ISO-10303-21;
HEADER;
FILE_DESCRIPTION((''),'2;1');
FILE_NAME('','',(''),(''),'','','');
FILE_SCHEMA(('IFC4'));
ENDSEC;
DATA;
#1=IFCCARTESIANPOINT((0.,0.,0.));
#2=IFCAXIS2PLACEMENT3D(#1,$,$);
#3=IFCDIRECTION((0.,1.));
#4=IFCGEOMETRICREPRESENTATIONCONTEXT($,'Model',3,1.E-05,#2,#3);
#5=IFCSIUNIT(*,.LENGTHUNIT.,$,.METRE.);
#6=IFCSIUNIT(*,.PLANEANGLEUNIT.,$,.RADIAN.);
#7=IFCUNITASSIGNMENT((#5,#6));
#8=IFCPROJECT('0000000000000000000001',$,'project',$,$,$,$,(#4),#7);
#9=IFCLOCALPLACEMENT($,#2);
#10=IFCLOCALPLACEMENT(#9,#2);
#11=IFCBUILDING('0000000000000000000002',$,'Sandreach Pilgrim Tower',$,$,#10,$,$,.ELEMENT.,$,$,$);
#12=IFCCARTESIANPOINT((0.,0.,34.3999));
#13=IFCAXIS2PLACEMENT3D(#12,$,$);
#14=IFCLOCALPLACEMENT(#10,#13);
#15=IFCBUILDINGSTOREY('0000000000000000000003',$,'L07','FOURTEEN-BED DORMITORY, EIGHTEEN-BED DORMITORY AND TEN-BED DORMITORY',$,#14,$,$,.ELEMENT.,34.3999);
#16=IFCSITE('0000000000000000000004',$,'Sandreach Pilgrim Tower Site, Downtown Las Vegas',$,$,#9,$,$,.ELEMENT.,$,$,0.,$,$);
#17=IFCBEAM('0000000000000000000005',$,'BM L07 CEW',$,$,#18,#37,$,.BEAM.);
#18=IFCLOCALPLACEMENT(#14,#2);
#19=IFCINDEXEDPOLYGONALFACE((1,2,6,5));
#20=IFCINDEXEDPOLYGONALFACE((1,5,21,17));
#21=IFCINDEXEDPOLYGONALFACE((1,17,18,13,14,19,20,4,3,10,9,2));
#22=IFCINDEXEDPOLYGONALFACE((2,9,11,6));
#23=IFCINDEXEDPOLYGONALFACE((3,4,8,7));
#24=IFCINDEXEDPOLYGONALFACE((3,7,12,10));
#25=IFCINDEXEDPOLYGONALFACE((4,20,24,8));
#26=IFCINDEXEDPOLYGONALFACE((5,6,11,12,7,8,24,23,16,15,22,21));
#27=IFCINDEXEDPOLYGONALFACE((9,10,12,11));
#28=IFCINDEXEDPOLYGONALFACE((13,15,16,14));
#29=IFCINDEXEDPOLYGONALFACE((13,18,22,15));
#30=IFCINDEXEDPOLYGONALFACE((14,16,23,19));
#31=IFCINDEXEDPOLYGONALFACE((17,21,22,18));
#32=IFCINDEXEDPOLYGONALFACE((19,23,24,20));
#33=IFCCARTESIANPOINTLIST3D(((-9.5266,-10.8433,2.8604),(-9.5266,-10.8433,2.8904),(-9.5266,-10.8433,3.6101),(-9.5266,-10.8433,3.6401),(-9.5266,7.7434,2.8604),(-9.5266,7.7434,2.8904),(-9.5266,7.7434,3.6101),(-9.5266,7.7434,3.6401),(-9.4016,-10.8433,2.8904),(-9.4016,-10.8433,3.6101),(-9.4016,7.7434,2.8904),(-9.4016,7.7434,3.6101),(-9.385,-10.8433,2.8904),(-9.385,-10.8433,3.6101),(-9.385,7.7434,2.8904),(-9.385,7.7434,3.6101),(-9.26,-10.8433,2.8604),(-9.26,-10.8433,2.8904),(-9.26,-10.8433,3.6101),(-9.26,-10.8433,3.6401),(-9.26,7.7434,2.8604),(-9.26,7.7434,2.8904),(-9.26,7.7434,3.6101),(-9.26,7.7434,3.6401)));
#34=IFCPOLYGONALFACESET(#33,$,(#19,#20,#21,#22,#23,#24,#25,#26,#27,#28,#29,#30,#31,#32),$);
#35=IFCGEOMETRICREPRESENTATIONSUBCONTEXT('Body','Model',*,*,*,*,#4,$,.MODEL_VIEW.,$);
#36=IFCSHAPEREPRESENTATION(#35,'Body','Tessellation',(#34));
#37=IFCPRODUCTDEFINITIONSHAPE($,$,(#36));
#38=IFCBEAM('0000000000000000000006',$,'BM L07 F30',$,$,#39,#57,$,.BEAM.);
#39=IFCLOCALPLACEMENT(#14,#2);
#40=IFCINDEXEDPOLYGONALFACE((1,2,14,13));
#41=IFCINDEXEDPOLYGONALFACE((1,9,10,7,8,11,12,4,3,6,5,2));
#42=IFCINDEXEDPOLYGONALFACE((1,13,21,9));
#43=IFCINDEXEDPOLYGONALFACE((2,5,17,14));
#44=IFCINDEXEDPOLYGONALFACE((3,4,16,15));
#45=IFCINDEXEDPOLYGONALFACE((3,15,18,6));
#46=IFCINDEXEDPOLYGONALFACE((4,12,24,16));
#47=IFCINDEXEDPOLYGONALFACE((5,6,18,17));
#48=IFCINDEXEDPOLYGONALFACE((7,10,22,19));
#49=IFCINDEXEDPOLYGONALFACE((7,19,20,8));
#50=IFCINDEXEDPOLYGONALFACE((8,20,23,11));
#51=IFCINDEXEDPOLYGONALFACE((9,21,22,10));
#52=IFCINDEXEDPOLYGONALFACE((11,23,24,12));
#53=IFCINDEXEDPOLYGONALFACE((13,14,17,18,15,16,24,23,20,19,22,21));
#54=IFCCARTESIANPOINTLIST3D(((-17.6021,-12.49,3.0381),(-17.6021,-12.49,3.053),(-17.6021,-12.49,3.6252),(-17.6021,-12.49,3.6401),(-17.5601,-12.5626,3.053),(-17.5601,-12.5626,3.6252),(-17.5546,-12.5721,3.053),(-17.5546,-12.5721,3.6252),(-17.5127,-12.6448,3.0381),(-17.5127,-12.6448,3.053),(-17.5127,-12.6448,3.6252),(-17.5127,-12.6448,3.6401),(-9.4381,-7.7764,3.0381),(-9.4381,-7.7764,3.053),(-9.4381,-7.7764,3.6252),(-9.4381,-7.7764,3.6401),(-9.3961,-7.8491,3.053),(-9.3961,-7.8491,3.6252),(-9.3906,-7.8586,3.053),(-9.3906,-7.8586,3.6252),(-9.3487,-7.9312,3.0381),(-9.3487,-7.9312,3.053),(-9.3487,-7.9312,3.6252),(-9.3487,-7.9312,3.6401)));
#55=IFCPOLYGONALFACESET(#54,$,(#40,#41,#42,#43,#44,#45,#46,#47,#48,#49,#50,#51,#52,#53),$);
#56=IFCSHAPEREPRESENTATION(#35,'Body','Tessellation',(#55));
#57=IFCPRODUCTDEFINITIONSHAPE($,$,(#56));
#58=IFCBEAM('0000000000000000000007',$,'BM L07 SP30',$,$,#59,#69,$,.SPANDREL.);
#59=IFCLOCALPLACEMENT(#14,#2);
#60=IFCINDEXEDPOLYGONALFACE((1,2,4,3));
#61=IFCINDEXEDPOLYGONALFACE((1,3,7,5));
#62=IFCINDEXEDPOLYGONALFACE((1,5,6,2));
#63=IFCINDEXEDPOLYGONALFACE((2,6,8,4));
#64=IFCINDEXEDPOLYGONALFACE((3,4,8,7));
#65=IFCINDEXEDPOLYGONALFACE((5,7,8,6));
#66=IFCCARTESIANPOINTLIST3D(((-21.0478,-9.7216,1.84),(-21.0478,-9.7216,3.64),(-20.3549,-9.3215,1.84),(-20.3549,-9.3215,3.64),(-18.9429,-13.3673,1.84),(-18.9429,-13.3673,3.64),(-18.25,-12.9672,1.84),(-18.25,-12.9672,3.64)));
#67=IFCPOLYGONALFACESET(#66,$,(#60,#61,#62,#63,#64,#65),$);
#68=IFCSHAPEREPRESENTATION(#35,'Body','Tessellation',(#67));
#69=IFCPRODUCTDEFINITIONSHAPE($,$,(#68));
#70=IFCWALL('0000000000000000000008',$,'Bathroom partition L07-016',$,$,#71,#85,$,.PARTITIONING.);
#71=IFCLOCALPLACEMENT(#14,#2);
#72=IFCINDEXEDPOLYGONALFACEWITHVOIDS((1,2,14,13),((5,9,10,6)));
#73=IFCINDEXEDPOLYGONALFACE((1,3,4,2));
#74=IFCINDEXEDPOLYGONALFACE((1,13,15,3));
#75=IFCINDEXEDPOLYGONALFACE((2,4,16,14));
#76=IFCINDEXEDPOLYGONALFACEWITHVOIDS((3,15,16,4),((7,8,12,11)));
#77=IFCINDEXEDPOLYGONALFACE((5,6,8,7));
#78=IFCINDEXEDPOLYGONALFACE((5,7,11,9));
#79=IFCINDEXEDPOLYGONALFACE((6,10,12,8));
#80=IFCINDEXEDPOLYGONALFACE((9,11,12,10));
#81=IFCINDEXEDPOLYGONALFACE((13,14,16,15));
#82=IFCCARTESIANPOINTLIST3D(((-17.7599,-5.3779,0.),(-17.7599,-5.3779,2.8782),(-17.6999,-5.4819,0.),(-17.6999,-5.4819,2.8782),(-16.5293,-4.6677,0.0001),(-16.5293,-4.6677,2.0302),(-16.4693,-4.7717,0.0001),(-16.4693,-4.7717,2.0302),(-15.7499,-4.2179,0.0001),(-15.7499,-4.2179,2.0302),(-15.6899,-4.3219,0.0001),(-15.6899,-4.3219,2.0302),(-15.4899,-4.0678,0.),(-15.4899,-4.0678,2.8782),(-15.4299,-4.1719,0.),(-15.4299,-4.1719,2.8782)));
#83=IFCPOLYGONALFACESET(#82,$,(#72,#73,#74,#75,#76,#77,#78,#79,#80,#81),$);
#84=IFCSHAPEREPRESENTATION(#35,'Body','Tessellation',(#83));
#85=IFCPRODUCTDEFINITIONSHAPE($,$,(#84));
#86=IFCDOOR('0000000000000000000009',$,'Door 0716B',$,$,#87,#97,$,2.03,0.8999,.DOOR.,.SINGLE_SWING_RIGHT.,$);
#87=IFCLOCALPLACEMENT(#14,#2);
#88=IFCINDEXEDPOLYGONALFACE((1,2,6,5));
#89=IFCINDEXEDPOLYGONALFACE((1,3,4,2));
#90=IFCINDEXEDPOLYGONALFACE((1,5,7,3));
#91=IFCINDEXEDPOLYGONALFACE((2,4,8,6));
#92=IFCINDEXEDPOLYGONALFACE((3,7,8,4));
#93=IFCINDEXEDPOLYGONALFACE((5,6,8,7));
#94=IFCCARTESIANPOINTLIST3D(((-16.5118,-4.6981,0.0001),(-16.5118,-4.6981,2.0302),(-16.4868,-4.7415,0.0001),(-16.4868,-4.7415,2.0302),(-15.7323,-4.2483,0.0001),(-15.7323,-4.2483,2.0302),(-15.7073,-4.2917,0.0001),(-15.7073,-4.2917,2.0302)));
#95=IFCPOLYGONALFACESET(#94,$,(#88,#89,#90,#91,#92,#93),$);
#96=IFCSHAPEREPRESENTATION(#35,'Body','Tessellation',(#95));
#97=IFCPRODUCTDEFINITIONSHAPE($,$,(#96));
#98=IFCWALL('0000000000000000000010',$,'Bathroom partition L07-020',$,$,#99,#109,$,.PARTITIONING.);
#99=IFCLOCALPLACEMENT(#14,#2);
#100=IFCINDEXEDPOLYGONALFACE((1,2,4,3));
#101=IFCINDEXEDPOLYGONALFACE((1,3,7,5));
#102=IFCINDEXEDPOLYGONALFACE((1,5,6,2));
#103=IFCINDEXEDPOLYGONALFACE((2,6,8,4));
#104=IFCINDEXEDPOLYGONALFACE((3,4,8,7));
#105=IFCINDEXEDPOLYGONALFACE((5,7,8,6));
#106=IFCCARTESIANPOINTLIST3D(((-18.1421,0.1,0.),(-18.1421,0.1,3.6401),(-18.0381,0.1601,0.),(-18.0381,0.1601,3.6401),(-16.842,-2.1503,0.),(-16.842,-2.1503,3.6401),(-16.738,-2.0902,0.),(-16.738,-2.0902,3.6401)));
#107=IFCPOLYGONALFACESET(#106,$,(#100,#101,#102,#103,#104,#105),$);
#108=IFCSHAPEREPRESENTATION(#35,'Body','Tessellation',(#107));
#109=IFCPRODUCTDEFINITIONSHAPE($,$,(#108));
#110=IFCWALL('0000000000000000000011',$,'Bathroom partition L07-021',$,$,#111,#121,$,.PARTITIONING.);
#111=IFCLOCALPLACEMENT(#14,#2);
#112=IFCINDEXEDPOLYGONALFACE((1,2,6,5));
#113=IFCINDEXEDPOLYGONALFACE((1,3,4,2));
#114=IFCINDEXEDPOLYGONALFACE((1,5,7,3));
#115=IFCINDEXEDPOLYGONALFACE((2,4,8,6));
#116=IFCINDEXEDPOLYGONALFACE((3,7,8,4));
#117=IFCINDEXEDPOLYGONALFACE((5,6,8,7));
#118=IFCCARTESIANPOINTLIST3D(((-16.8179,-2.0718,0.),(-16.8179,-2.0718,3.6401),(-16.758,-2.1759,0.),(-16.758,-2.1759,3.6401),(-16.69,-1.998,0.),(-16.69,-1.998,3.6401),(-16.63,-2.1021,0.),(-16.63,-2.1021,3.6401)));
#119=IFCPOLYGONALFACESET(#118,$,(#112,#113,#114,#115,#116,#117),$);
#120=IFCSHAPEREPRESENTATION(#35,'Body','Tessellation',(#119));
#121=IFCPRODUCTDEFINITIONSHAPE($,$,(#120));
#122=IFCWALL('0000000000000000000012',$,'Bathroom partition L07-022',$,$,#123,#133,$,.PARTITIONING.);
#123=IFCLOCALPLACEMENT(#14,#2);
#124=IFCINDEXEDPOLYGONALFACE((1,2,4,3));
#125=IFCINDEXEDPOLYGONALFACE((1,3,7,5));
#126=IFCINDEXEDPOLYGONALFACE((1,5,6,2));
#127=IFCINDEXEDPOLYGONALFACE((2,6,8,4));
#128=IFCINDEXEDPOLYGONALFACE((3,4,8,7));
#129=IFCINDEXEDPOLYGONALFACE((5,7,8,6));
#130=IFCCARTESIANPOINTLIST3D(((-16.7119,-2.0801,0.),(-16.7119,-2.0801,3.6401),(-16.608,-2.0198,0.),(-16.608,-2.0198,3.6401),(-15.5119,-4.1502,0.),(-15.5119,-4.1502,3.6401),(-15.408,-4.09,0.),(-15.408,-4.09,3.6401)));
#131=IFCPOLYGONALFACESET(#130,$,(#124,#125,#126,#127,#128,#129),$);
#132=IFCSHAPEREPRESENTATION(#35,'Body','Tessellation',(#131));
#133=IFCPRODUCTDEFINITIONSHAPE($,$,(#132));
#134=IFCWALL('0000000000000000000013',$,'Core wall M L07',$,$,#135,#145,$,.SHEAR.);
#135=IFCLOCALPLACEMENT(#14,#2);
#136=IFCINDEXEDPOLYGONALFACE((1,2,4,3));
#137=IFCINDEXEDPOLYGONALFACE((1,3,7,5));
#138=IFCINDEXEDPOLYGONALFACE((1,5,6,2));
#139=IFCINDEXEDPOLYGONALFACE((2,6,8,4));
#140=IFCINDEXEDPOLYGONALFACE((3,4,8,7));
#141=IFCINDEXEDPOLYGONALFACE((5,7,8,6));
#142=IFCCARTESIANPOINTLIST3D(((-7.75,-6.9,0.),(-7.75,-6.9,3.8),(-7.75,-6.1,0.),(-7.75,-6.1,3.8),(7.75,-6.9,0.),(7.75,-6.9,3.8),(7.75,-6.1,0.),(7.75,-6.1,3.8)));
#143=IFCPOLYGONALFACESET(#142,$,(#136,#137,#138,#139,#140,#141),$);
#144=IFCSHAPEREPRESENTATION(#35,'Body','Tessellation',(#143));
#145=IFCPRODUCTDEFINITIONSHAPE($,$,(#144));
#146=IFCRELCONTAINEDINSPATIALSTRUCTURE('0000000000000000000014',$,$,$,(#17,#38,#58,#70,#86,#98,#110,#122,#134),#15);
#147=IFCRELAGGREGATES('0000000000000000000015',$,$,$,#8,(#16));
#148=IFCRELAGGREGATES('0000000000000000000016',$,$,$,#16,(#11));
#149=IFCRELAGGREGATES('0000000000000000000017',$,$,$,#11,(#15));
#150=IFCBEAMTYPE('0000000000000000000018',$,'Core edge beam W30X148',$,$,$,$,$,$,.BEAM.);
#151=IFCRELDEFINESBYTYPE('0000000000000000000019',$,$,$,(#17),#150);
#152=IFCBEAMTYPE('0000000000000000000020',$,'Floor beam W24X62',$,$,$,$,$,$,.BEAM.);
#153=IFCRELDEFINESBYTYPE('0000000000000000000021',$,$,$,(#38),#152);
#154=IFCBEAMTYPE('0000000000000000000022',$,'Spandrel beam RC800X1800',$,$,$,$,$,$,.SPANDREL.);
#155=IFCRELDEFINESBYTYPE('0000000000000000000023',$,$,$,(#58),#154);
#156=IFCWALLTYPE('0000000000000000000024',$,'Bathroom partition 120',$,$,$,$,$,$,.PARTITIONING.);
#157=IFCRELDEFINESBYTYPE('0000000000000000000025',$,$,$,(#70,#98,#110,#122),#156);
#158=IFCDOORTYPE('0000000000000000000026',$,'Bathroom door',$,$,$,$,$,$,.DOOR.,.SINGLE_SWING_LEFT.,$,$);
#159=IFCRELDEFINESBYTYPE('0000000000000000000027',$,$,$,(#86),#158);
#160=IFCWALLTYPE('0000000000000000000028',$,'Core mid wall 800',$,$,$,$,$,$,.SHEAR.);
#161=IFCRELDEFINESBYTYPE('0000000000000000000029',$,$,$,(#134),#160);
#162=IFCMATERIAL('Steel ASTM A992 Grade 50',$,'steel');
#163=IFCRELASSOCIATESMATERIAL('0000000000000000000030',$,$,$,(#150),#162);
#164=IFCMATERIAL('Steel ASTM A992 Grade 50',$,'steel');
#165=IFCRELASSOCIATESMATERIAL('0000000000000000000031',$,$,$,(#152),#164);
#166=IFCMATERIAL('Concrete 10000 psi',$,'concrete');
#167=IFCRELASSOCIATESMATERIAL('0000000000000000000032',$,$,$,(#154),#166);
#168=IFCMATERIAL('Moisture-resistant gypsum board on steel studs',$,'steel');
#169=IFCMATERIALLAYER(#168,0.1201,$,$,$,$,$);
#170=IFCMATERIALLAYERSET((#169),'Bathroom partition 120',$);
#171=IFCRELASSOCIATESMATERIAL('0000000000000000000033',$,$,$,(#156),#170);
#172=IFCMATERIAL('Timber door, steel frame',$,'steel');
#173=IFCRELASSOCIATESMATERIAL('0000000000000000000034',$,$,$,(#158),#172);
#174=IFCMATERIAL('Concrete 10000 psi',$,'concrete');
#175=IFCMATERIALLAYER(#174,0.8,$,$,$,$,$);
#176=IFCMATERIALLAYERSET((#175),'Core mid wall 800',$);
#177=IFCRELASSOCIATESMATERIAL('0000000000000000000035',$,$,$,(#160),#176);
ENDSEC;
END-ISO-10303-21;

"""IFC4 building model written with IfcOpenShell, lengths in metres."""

from ifc_helpers import new_model, si_unit, direction, frame, frame_2d, origin, origin_2d, place, context, subcontext, project, spatial, rectangle, i_section, extrude, material, layer, layer_set, material_profile, profile_set, type_object, element, fill, save


model = new_model("IFC4")

# Units and contexts
model_context = context("Model", 3, precision=1e-05, world=origin(), true_north=direction((0.0, 1.0)))
body_context = subcontext(model_context, "Body", "Model", "MODEL_VIEW")
ifc_project = project(units=[si_unit("LENGTHUNIT", "METRE"), si_unit("PLANEANGLEUNIT", "RADIAN")], contexts=[model_context])

# Site, building, storey
site_placement = place(None, origin())
site = spatial("IfcSite", under=ifc_project, at=site_placement, Name="Sandreach Pilgrim Tower Site, Downtown Las Vegas", CompositionType="ELEMENT", RefElevation=0.0)
building_placement = place(site_placement, origin())
building = spatial("IfcBuilding", under=site, at=building_placement, Name="Sandreach Pilgrim Tower", CompositionType="ELEMENT")
storey_placement = place(building_placement, frame((0.0, 0.0, 34.3999)))
storey = spatial("IfcBuildingStorey", under=building, at=storey_placement, Name="L07", Description="FOURTEEN-BED DORMITORY, EIGHTEEN-BED DORMITORY AND TEN-BED DORMITORY", CompositionType="ELEMENT", Elevation=34.3999)

# Beams
ifc_material_1 = material(Name="Steel ASTM A992 Grade 50", Category="steel")
ifc_material_profile_1 = material_profile(ifc_material_1, i_section(OverallWidth=0.2666, OverallDepth=0.7798, WebThickness=0.0166, FlangeThickness=0.03, at=origin_2d()), Name="W30X148")
ifc_profile_set_1 = profile_set([ifc_material_profile_1], Name="Steel ASTM A992 Grade 50")
beam_type_1 = type_object("IfcBeamType", Name="Core edge beam W30X148", PredefinedType="BEAM", material=ifc_profile_set_1)
beam_1_placement = place(storey_placement, frame((-9.3933, -10.8433, 3.2502), z_axis=(0.0, 1.0, 0.0), x_axis=(-1.0, 0.0, 0.0)))
element("IfcBeam", 1, at=beam_1_placement, inside=storey, type_object=beam_type_1, Name="BM L07 CEW", PredefinedType="BEAM", context=body_context, shape_type="SweptSolid", body=[
    extrude(i_section(OverallWidth=0.2666, OverallDepth=0.7798, WebThickness=0.0166, FlangeThickness=0.03, at=origin_2d()), origin(), (0.0, 0.0, 1.0), 18.5867),
])
ifc_material_2 = material(Name="Steel ASTM A992 Grade 50", Category="steel")
ifc_material_profile_2 = material_profile(ifc_material_2, i_section(OverallWidth=0.1787, OverallDepth=0.6021, WebThickness=0.011, FlangeThickness=0.0149, at=origin_2d()), Name="W24X62")
ifc_profile_set_2 = profile_set([ifc_material_profile_2], Name="Steel ASTM A992 Grade 50")
beam_type_2 = type_object("IfcBeamType", Name="Floor beam W24X62", PredefinedType="BEAM", material=ifc_profile_set_2)
beam_2_placement = place(storey_placement, frame((-17.5574, -12.5674, 3.3391), z_axis=(0.866021, 0.500008, 0.0), x_axis=(-0.500008, 0.866021, 0.0)))
element("IfcBeam", 2, at=beam_2_placement, inside=storey, type_object=beam_type_2, Name="BM L07 F30", PredefinedType="BEAM", context=body_context, shape_type="SweptSolid", body=[
    extrude(i_section(OverallWidth=0.1787, OverallDepth=0.6021, WebThickness=0.011, FlangeThickness=0.0149, at=origin_2d()), origin(), (0.0, 0.0, 1.0), 9.427),
])
ifc_material_3 = material(Name="Concrete 10000 psi", Category="concrete")
ifc_material_profile_3 = material_profile(ifc_material_3, rectangle(XDim=0.8, YDim=1.8, at=origin_2d()), Name="RC800X1800")
ifc_profile_set_3 = profile_set([ifc_material_profile_3], Name="Concrete 10000 psi")
beam_type_3 = type_object("IfcBeamType", Name="Spandrel beam RC800X1800", PredefinedType="SPANDREL", material=ifc_profile_set_3)
beam_3_placement = place(storey_placement, frame((-18.5964, -13.1672, 2.74), z_axis=(-0.500019, 0.866015, 0.0), x_axis=(-0.866015, -0.500019, 0.0)))
element("IfcBeam", 3, at=beam_3_placement, inside=storey, type_object=beam_type_3, Name="BM L07 SP30", PredefinedType="SPANDREL", context=body_context, shape_type="SweptSolid", body=[
    extrude(rectangle(XDim=0.8, YDim=1.8, at=origin_2d()), origin(), (0.0, 0.0, 1.0), 4.2097),
])

# Wall, opening, door
ifc_material_4 = material(Name="Moisture-resistant gypsum board on steel studs", Category="steel")
ifc_layer_1 = layer(ifc_material_4, 0.1201)
ifc_layer_set_1 = layer_set([ifc_layer_1], Name="Bathroom partition 120")
wall_type_1 = type_object("IfcWallType", Name="Bathroom partition 120", PredefinedType="PARTITIONING", material=ifc_layer_set_1)
wall_1_placement = place(storey_placement, frame((-17.73, -5.4299, 0.0), z_axis=(0.0, 0.0, 1.0), x_axis=(0.866114, 0.499846, 0.0)))
wall_1 = element("IfcWall", 4, at=wall_1_placement, inside=storey, type_object=wall_type_1, Name="Bathroom partition L07-016", PredefinedType="PARTITIONING", context=body_context, shape_type="SweptSolid", body=[
    extrude(rectangle(XDim=2.6208, YDim=0.1201, at=frame_2d((1.3105, 0.0))), origin(), (0.0, 0.0, 1.0), 2.8782),
])
opening_1_placement = place(wall_1_placement, frame((1.4209, 0.0, 0.0)))
opening_1 = element("IfcOpeningElement", 5, at=opening_1_placement, cuts=wall_1, PredefinedType="OPENING", context=body_context, shape_type="SweptSolid", body=[
    extrude(rectangle(XDim=0.8999, YDim=2.03, at=frame_2d((0.45, 1.0151))), frame((0.0, 0.0601, 0.0), z_axis=(0.0, -1.0, 0.0), x_axis=(1.0, 0.0, 0.0)), (0.0, 0.0, 1.0), 0.1201),
])
ifc_material_5 = material(Name="Timber door, steel frame", Category="steel")
door_type_1 = type_object("IfcDoorType", Name="Bathroom door", OperationType="SINGLE_SWING_LEFT", PredefinedType="DOOR", material=ifc_material_5)
door_1_placement = place(opening_1_placement, origin())
door_1 = element("IfcDoor", 6, at=door_1_placement, inside=storey, type_object=door_type_1, Name="Door 0716B", OperationType="SINGLE_SWING_RIGHT", OverallHeight=2.03, OverallWidth=0.8999, PredefinedType="DOOR", context=body_context, shape_type="SweptSolid", body=[
    extrude(rectangle(XDim=0.8999, YDim=2.03, at=frame_2d((0.45, 1.0151))), frame((0.0, 0.0249, 0.0), z_axis=(0.0, -1.0, 0.0), x_axis=(1.0, 0.0, 0.0)), (0.0, 0.0, 1.0), 0.05),
])
fill(opening_1, door_1)

# Walls
wall_2_placement = place(storey_placement, frame((-16.79, -2.1201, 0.0), z_axis=(0.0, 0.0, 1.0), x_axis=(-0.500251, 0.86588, 0.0)))
element("IfcWall", 7, at=wall_2_placement, inside=storey, type_object=wall_type_1, Name="Bathroom partition L07-020", PredefinedType="PARTITIONING", context=body_context, shape_type="SweptSolid", body=[
    extrude(rectangle(XDim=2.5989, YDim=0.1201, at=frame_2d((1.2993, 0.0))), origin(), (0.0, 0.0, 1.0), 3.6401),
])
wall_3_placement = place(storey_placement, frame((-16.7878, -2.1238, 0.0), z_axis=(0.0, 0.0, 1.0), x_axis=(0.866406, 0.499341, 0.0)))
element("IfcWall", 8, at=wall_3_placement, inside=storey, type_object=wall_type_1, Name="Bathroom partition L07-021", PredefinedType="PARTITIONING", context=body_context, shape_type="SweptSolid", body=[
    extrude(rectangle(XDim=0.1477, YDim=0.1201, at=frame_2d((0.0737, 0.0))), origin(), (0.0, 0.0, 1.0), 3.6401),
])
wall_4_placement = place(storey_placement, frame((-16.6599, -2.05, 0.0), z_axis=(0.0, 0.0, 1.0), x_axis=(0.501503, -0.865156, 0.0)))
element("IfcWall", 9, at=wall_4_placement, inside=storey, type_object=wall_type_1, Name="Bathroom partition L07-022", PredefinedType="PARTITIONING", context=body_context, shape_type="SweptSolid", body=[
    extrude(rectangle(XDim=2.3928, YDim=0.1201, at=frame_2d((1.1963, 0.0))), origin(), (0.0, 0.0, 1.0), 3.6401),
])
ifc_material_6 = material(Name="Concrete 10000 psi", Category="concrete")
ifc_layer_2 = layer(ifc_material_6, 0.8)
ifc_layer_set_2 = layer_set([ifc_layer_2], Name="Core mid wall 800")
wall_type_2 = type_object("IfcWallType", Name="Core mid wall 800", PredefinedType="SHEAR", material=ifc_layer_set_2)
wall_5_placement = place(storey_placement, frame((-7.75, -6.5, 0.0), z_axis=(0.0, 0.0, 1.0), x_axis=(1.0, 0.0, 0.0)))
element("IfcWall", 10, at=wall_5_placement, inside=storey, type_object=wall_type_2, Name="Core wall M L07", PredefinedType="SHEAR", context=body_context, shape_type="SweptSolid", body=[
    extrude(rectangle(XDim=15.5, YDim=0.8, at=frame_2d((7.75, 0.0))), origin(), (0.0, 0.0, 1.0), 3.8),
])

save(model, "model.ifc")
